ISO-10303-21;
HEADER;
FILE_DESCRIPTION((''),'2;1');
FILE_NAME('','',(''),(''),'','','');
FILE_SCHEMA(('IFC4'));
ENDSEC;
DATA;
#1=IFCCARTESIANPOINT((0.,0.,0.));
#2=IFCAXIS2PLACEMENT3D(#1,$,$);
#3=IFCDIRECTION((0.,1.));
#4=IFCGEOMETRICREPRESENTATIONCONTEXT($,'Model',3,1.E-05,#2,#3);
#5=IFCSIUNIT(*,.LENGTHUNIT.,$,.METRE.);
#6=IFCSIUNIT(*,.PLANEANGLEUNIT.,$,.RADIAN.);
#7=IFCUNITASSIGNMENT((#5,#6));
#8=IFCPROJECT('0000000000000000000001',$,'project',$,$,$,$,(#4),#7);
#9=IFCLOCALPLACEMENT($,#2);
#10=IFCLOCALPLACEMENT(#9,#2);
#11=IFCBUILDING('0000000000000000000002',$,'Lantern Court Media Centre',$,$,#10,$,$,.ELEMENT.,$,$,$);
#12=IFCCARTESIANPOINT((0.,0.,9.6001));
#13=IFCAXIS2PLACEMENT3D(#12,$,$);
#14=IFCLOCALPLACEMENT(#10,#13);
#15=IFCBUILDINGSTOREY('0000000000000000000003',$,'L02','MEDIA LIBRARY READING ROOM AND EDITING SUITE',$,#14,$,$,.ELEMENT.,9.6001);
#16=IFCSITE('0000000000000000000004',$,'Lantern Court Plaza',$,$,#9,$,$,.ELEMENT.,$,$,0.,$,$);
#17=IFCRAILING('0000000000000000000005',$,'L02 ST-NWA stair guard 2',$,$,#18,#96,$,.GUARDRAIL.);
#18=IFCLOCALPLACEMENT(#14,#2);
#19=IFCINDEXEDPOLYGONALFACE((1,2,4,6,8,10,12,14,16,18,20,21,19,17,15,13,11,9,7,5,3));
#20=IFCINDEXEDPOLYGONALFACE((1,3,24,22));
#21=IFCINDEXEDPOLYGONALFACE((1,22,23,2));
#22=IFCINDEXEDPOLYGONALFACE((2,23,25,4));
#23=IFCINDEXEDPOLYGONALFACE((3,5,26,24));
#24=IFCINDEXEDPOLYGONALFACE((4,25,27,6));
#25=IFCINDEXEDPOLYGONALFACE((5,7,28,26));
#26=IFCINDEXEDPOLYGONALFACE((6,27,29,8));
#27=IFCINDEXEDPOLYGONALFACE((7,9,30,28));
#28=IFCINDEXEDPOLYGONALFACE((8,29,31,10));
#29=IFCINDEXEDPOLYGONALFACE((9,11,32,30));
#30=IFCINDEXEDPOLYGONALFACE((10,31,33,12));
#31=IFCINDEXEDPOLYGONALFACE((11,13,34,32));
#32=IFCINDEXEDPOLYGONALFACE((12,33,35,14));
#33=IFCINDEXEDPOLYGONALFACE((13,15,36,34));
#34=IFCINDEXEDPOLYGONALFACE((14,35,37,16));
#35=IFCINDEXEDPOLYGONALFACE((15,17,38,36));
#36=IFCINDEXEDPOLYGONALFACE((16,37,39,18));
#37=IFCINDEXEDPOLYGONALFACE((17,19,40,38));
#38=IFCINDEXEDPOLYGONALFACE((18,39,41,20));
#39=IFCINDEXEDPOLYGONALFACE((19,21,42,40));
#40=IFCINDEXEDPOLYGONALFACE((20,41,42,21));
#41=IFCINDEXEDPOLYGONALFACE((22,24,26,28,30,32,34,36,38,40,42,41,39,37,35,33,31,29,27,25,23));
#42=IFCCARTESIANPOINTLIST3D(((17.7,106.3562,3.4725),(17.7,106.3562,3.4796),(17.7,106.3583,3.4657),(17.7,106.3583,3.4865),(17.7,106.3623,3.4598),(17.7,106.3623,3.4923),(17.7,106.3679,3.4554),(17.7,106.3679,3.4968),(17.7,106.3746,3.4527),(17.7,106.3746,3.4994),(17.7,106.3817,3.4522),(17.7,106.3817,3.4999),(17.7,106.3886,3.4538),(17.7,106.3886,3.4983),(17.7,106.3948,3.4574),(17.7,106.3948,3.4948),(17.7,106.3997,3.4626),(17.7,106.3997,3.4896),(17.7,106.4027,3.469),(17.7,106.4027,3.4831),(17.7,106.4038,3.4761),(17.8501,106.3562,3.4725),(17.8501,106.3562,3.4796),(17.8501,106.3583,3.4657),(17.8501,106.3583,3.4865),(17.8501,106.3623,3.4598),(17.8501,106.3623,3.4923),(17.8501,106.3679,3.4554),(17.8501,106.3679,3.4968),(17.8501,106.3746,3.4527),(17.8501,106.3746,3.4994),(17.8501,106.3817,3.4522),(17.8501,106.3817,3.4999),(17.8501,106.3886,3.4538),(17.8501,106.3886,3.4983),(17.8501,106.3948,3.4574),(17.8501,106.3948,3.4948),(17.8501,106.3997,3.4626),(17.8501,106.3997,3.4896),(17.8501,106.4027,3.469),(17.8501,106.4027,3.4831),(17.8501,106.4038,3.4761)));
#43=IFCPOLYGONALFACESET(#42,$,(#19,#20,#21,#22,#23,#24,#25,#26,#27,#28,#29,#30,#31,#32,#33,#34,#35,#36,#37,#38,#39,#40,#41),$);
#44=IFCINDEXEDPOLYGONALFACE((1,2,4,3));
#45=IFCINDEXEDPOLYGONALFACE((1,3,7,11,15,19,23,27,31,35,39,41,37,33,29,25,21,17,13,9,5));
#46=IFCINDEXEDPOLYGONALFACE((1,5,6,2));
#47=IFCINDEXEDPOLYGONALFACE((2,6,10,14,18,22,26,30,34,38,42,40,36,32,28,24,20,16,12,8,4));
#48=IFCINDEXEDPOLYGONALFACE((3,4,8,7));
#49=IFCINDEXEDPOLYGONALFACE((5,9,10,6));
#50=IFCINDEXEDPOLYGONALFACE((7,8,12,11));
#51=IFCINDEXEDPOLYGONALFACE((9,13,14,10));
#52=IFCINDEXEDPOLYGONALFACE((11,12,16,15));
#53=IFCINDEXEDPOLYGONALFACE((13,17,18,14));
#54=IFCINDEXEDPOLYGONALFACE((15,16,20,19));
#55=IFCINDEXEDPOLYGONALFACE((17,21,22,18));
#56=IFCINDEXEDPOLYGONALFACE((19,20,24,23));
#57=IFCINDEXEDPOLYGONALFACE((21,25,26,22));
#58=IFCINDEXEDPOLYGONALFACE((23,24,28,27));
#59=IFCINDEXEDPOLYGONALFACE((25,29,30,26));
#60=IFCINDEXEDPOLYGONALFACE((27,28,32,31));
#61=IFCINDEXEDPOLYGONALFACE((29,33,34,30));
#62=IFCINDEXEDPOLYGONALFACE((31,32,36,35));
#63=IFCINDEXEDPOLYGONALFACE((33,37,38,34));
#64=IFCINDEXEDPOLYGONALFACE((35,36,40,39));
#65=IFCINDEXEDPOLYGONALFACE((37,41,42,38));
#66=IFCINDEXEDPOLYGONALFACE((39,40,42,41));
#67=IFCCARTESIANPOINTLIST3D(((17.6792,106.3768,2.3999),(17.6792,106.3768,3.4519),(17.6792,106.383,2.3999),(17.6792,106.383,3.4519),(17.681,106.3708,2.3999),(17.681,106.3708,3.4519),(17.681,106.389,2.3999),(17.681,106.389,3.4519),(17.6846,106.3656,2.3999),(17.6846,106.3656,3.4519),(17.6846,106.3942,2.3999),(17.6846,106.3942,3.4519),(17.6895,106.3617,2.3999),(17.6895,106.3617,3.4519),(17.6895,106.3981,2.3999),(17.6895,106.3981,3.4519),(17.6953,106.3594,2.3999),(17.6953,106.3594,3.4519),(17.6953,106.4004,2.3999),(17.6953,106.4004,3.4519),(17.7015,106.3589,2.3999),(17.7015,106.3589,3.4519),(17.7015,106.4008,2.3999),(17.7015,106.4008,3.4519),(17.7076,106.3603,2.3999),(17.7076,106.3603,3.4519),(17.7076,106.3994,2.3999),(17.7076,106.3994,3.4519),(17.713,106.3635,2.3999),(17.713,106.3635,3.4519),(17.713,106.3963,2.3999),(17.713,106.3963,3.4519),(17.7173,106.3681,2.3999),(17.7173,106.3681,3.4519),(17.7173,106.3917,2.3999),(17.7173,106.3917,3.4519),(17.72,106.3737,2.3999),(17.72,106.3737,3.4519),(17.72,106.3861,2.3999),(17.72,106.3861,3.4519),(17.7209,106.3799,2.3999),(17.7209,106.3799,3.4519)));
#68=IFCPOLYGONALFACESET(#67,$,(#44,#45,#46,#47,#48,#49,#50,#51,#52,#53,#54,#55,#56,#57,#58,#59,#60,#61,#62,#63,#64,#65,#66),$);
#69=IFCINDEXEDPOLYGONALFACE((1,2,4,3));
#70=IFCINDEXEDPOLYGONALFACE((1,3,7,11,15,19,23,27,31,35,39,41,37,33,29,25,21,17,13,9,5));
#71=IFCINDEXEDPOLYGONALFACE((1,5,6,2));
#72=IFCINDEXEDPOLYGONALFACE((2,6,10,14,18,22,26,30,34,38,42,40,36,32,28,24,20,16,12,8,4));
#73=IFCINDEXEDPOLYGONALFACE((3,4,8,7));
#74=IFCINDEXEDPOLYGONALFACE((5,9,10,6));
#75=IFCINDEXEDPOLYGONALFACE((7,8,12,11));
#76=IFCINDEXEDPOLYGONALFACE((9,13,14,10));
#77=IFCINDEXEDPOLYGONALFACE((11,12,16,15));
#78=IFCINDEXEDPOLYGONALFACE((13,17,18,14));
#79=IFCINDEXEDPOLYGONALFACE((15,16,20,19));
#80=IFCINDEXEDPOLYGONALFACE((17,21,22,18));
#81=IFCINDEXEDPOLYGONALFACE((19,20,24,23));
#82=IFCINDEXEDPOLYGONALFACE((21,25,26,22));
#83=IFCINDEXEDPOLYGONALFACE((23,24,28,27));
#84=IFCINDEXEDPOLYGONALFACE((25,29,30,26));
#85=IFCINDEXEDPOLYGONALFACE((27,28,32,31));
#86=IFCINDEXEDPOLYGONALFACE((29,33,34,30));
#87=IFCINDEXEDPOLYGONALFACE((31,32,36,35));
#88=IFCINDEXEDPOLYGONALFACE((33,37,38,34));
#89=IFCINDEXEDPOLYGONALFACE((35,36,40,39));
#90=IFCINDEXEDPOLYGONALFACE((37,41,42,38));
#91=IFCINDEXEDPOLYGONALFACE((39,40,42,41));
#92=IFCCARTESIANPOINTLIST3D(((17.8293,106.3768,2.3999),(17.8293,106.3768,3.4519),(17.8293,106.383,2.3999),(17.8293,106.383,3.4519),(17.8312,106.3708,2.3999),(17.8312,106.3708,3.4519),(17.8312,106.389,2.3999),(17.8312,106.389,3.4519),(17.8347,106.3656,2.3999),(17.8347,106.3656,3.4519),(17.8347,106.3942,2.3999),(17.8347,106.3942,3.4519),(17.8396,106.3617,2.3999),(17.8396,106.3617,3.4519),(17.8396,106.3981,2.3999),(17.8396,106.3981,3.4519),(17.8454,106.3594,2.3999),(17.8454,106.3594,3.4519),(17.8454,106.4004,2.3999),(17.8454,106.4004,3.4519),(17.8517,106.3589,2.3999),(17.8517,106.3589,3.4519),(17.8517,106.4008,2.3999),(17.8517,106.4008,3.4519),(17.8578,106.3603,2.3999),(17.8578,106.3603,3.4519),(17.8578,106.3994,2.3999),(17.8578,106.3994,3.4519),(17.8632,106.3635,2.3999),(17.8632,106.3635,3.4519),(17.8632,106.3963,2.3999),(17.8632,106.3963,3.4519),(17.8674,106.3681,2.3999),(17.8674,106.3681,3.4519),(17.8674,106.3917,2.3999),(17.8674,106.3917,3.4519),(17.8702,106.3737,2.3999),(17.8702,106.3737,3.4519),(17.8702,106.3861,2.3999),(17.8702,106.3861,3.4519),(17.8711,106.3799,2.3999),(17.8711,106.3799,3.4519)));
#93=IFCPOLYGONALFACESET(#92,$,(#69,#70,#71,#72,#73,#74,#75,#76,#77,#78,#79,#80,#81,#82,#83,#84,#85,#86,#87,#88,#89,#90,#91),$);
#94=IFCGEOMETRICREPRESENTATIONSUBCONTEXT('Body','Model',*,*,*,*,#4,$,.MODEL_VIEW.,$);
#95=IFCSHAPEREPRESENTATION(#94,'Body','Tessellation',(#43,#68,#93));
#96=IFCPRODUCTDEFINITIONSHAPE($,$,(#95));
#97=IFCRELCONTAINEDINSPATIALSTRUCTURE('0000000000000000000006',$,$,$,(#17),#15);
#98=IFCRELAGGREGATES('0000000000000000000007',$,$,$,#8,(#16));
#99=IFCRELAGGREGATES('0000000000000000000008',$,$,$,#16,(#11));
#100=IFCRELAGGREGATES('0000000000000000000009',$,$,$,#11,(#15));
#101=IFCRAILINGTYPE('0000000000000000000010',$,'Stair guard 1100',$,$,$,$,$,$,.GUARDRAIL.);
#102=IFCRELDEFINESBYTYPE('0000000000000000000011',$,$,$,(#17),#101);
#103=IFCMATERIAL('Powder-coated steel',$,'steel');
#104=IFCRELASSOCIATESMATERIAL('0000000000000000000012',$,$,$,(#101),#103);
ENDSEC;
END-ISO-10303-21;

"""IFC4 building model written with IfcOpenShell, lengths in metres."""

from ifc_helpers import new_model, si_unit, direction, frame, origin, origin_2d, place, context, subcontext, project, spatial, circle, extrude, material, type_object, element, save


model = new_model("IFC4")

# Units and contexts
model_context = context("Model", 3, precision=1e-05, world=origin(), true_north=direction((0.0, 1.0)))
body_context = subcontext(model_context, "Body", "Model", "MODEL_VIEW")
ifc_project = project(units=[si_unit("LENGTHUNIT", "METRE"), si_unit("PLANEANGLEUNIT", "RADIAN")], contexts=[model_context])

# Site, building, storey
site_placement = place(None, origin())
site = spatial("IfcSite", under=ifc_project, at=site_placement, Name="Lantern Court Plaza", CompositionType="ELEMENT", RefElevation=0.0)
building_placement = place(site_placement, origin())
building = spatial("IfcBuilding", under=site, at=building_placement, Name="Lantern Court Media Centre", CompositionType="ELEMENT")
storey_placement = place(building_placement, frame((0.0, 0.0, 9.6001)))
storey = spatial("IfcBuildingStorey", under=building, at=storey_placement, Name="L02", Description="MEDIA LIBRARY READING ROOM AND EDITING SUITE", CompositionType="ELEMENT", Elevation=9.6001)

# Shared definitions
ifc_material_1 = material(Name="Powder-coated steel", Category="steel")

# Railing
railing_type_1 = type_object("IfcRailingType", Name="Stair guard 1100", PredefinedType="GUARDRAIL", material=ifc_material_1)
railing_1_placement = place(storey_placement, frame((17.7, 106.3799, 2.3999)))
element("IfcRailing", 1, at=railing_1_placement, inside=storey, type_object=railing_type_1, Name="L02 ST-NWA stair guard 2", PredefinedType="GUARDRAIL", context=body_context, shape_type="SweptSolid", body=[
    extrude(circle(Radius=0.0239, at=origin_2d()), frame((0.0, 0.0, 1.0762), z_axis=(1.0, 0.0, 0.0), x_axis=(0.0, 1.0, 0.0)), (0.0, 0.0, 1.0), 0.1501),
    extrude(circle(Radius=0.021, at=origin_2d()), origin(), (0.0, 0.0, 1.0), 1.052),
    extrude(circle(Radius=0.021, at=origin_2d()), frame((0.1501, 0.0, 0.0)), (0.0, 0.0, 1.0), 1.052),
])

save(model, "model.ifc")
